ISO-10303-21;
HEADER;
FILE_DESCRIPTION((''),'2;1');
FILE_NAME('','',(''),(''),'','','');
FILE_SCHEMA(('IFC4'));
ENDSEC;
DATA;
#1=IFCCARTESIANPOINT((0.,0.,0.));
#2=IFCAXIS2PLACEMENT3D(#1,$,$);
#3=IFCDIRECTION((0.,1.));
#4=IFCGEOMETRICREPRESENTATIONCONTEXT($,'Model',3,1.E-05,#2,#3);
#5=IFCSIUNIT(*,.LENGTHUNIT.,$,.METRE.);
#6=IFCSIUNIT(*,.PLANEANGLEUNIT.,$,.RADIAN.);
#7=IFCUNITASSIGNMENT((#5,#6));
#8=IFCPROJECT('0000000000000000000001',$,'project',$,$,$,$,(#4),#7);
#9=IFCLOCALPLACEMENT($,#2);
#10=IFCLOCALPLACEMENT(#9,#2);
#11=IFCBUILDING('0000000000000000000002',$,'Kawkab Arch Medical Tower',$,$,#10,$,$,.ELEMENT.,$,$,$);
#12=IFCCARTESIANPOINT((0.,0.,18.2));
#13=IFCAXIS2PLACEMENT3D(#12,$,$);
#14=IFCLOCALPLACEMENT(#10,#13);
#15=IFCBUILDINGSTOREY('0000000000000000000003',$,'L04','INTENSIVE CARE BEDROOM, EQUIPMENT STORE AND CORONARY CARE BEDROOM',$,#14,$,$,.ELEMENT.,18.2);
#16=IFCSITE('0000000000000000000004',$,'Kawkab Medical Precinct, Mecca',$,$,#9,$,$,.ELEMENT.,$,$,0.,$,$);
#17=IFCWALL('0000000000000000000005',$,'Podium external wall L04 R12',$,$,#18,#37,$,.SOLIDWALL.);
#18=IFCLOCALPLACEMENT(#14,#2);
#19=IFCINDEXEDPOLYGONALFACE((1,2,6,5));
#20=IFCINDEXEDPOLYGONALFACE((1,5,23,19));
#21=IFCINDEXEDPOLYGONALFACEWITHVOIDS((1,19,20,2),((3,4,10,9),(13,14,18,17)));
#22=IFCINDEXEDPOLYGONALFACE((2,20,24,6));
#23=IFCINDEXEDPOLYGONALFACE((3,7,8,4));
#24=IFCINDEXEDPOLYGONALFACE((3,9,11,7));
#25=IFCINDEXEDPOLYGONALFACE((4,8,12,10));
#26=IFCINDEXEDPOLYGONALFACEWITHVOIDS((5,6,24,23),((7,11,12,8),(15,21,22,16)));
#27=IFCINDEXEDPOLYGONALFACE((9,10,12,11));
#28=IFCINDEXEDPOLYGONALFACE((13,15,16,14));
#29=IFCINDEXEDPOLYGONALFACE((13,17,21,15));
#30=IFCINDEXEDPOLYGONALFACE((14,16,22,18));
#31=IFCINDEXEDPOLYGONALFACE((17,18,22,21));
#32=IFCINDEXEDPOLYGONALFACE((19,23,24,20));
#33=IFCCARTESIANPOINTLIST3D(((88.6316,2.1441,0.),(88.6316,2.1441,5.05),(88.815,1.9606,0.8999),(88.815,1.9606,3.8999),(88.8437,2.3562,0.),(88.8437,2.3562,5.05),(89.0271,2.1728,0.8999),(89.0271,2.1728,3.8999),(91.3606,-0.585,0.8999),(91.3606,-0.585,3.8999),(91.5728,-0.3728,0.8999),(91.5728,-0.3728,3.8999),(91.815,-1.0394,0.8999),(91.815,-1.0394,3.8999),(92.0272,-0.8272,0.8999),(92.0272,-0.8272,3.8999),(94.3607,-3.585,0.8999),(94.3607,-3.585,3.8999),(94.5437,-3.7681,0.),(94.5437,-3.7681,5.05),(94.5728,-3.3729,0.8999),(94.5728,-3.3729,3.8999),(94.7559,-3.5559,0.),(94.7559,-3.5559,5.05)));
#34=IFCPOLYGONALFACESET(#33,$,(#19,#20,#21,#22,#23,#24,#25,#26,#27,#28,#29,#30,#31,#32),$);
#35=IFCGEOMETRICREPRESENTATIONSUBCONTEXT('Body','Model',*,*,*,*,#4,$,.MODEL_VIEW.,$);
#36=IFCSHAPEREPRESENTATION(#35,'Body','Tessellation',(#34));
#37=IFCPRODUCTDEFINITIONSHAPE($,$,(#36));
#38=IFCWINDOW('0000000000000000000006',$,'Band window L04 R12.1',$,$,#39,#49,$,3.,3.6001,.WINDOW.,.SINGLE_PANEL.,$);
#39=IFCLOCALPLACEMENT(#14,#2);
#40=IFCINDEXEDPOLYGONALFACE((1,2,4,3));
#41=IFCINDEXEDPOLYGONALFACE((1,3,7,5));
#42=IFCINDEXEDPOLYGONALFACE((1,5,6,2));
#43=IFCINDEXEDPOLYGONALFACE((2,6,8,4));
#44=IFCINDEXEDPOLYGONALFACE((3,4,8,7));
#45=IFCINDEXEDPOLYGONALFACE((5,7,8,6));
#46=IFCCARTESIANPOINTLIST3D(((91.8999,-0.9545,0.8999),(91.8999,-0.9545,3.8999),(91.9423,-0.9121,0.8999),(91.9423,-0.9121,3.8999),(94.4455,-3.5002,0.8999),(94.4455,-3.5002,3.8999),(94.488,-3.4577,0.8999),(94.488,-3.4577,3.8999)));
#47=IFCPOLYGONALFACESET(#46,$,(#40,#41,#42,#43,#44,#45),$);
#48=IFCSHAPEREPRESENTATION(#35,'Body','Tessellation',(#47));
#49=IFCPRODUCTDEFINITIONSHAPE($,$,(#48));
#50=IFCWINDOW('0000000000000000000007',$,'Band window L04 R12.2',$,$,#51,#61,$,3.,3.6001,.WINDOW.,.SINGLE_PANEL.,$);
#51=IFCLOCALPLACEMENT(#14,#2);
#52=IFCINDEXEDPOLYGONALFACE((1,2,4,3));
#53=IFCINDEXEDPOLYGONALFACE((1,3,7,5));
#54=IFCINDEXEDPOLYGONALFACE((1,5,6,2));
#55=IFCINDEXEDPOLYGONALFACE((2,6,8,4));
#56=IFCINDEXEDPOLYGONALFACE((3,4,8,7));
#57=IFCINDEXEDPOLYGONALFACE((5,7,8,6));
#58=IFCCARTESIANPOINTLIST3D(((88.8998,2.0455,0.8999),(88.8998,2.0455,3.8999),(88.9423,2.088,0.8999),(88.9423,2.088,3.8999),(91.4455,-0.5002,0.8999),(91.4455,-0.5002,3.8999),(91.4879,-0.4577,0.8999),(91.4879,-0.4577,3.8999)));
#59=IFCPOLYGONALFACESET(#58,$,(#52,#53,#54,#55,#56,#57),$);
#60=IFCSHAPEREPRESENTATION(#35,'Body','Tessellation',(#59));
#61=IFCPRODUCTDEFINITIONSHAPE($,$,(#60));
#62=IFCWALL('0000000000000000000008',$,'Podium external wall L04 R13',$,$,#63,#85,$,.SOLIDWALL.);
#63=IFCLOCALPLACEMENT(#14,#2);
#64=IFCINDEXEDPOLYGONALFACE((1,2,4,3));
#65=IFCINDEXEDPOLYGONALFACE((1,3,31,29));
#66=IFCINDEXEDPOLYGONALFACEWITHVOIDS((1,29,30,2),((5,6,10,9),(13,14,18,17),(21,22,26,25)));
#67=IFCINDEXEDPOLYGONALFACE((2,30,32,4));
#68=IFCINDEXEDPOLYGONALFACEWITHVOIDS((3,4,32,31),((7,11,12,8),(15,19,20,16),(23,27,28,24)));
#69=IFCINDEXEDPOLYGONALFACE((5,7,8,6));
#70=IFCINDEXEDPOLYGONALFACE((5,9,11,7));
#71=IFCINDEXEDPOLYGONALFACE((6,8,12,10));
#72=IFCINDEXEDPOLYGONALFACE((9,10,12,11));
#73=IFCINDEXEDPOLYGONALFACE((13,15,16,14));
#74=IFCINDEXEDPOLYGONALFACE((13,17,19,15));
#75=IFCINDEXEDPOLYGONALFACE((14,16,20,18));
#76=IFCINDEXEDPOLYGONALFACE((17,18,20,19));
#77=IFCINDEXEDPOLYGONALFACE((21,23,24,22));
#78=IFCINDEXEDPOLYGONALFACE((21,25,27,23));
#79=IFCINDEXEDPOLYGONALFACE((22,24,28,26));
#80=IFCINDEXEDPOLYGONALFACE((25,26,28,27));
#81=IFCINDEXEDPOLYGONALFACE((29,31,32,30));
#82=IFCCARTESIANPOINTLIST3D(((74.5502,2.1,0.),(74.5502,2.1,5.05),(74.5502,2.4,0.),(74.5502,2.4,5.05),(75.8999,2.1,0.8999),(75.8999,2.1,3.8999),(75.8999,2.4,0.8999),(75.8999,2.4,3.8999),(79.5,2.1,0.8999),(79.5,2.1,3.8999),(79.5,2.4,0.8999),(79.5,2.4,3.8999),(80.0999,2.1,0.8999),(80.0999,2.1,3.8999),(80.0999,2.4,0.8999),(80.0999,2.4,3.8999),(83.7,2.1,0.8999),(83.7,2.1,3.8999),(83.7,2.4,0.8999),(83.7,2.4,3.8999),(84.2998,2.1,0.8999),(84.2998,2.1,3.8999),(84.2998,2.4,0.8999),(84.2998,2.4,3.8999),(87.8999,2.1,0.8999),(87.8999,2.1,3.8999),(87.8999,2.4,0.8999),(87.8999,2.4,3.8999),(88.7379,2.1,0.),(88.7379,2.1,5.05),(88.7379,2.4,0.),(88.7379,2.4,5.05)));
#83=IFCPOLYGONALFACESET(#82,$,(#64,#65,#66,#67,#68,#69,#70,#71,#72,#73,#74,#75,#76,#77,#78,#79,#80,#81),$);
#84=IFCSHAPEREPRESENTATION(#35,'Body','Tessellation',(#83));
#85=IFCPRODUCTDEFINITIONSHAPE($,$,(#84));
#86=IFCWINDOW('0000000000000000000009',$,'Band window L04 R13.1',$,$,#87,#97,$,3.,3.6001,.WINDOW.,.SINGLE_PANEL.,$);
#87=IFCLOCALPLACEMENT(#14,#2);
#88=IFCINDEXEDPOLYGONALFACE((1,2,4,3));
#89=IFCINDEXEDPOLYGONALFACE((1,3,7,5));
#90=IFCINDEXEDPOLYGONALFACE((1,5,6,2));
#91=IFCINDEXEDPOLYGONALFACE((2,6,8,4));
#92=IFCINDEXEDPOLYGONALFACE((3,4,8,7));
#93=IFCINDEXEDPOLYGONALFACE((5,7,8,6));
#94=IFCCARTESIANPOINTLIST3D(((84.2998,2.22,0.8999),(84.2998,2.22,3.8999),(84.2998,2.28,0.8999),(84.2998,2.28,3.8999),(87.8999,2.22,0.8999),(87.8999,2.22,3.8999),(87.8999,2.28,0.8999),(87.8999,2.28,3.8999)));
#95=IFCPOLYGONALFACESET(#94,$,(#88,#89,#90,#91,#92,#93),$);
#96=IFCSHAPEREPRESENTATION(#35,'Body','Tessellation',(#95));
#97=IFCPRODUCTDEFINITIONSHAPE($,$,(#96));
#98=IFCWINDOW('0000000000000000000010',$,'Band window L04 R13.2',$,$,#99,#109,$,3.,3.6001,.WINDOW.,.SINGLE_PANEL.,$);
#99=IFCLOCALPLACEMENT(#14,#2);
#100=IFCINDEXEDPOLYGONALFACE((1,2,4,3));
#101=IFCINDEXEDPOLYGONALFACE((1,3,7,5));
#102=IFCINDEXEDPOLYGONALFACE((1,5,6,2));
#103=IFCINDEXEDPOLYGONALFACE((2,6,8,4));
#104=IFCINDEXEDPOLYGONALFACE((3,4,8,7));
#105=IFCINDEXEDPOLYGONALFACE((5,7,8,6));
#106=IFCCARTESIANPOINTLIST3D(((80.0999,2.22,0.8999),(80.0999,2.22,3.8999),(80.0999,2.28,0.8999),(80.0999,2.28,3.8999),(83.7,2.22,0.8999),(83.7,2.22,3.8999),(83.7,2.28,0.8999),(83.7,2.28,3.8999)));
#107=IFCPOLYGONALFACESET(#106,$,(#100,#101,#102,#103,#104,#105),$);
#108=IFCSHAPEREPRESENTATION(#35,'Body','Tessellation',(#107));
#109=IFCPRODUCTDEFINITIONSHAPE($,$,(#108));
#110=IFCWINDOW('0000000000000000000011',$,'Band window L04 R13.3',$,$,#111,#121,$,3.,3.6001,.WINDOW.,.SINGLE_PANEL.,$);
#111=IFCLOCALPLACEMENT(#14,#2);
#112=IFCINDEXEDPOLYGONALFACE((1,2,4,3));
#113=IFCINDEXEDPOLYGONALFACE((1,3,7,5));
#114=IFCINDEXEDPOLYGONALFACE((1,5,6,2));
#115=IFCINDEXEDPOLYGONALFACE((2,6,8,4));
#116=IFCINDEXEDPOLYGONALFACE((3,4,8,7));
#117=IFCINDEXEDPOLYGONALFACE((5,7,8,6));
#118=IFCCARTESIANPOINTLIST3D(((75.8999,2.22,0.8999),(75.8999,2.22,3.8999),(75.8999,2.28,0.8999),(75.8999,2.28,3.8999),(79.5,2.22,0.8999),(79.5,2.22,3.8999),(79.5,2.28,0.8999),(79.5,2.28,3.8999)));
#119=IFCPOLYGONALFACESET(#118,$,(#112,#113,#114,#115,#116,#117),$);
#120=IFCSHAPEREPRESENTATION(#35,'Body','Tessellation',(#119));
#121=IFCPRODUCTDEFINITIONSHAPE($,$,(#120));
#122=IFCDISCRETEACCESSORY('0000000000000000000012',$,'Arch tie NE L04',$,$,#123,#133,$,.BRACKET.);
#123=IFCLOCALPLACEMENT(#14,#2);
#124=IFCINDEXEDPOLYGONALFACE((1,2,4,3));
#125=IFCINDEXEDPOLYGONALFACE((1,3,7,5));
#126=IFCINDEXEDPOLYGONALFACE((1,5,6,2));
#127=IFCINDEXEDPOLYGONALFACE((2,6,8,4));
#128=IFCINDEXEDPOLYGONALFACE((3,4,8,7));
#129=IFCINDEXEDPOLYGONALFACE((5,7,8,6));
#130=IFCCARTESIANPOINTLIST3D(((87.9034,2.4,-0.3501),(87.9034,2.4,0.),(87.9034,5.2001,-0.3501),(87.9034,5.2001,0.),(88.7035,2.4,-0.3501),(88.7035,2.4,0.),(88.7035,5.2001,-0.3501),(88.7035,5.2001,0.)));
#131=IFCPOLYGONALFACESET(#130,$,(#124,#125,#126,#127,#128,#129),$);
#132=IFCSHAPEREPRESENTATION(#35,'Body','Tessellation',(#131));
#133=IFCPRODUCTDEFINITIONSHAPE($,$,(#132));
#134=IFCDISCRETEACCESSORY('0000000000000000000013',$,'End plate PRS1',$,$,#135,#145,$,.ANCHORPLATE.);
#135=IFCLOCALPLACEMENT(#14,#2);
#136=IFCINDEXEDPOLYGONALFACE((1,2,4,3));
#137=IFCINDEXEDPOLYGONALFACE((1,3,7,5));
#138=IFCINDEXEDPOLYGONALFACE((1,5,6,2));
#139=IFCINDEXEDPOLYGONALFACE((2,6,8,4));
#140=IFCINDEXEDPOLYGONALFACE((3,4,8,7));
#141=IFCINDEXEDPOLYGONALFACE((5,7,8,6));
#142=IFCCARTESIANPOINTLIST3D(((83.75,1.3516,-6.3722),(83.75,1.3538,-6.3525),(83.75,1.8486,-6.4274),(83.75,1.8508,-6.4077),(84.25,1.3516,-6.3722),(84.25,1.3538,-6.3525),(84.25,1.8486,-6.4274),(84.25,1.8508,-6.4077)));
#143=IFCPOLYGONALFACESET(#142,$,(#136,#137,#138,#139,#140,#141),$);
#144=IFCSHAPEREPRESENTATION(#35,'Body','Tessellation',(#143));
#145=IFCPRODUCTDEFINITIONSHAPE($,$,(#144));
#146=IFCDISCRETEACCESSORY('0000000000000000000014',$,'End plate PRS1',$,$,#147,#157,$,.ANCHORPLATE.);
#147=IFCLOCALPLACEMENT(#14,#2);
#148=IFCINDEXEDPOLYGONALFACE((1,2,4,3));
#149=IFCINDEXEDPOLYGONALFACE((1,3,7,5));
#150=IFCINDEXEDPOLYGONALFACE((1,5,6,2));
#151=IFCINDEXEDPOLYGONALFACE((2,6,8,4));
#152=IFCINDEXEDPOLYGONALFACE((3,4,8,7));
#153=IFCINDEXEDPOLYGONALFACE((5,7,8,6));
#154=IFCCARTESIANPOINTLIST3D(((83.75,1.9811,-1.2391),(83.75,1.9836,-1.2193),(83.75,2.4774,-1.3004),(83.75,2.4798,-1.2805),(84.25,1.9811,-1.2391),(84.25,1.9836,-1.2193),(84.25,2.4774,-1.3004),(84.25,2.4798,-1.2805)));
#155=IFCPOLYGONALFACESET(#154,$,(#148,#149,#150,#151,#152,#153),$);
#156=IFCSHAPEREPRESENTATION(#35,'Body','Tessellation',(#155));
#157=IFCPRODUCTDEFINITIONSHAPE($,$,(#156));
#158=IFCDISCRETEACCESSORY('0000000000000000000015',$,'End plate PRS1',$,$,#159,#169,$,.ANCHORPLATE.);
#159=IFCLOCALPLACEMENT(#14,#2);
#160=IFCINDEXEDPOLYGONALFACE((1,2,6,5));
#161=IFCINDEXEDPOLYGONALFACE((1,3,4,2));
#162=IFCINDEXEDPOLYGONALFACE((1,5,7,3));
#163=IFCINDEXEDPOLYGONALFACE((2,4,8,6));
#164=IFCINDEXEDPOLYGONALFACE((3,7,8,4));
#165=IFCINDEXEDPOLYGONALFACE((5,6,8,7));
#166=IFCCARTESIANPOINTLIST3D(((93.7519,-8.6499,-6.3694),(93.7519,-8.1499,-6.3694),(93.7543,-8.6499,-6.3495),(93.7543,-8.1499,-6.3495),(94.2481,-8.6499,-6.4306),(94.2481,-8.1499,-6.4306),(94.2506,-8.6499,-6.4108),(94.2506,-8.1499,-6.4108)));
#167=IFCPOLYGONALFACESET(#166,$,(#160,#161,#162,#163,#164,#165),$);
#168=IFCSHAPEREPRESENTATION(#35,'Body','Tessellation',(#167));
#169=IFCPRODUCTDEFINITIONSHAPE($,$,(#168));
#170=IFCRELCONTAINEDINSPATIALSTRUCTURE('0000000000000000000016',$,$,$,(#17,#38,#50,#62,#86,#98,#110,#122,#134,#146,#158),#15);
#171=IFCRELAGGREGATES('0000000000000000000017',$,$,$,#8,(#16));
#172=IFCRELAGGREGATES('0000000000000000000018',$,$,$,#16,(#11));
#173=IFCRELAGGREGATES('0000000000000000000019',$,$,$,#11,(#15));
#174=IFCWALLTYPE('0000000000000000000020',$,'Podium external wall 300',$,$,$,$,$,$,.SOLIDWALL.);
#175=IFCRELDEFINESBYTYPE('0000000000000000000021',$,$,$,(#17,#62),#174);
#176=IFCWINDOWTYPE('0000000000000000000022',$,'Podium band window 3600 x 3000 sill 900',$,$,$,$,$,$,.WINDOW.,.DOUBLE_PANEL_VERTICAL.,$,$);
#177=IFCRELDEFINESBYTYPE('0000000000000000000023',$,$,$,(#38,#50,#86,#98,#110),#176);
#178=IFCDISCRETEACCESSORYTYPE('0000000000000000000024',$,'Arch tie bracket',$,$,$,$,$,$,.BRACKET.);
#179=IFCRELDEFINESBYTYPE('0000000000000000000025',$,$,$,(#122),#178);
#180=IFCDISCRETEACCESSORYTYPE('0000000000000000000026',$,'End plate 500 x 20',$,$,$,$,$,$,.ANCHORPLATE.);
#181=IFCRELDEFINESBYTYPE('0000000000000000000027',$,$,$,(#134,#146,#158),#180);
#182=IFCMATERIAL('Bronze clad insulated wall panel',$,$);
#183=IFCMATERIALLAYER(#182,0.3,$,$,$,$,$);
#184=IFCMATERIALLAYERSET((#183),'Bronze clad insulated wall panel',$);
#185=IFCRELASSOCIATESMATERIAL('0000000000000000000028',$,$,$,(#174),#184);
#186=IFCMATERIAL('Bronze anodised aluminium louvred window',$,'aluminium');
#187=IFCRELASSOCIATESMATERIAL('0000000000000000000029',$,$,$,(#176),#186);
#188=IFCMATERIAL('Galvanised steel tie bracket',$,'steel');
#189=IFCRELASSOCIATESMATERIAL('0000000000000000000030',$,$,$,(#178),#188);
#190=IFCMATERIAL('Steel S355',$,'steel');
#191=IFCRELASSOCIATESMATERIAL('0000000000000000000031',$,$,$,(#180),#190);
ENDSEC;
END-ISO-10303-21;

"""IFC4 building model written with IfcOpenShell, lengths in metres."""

from ifc_helpers import new_model, si_unit, direction, frame, frame_2d, origin, origin_2d, place, context, subcontext, project, spatial, rectangle, extrude, material, layer, layer_set, material_profile, profile_set, type_object, element, fill, save


model = new_model("IFC4")

# Units and contexts
model_context = context("Model", 3, precision=1e-05, world=origin(), true_north=direction((0.0, 1.0)))
body_context = subcontext(model_context, "Body", "Model", "MODEL_VIEW")
ifc_project = project(units=[si_unit("LENGTHUNIT", "METRE"), si_unit("PLANEANGLEUNIT", "RADIAN")], contexts=[model_context])

# Site, building, storey
site_placement = place(None, origin())
site = spatial("IfcSite", under=ifc_project, at=site_placement, Name="Kawkab Medical Precinct, Mecca", CompositionType="ELEMENT", RefElevation=0.0)
building_placement = place(site_placement, origin())
building = spatial("IfcBuilding", under=site, at=building_placement, Name="Kawkab Arch Medical Tower", CompositionType="ELEMENT")
storey_placement = place(building_placement, frame((0.0, 0.0, 18.2)))
storey = spatial("IfcBuildingStorey", under=building, at=storey_placement, Name="L04", Description="INTENSIVE CARE BEDROOM, EQUIPMENT STORE AND CORONARY CARE BEDROOM", CompositionType="ELEMENT", Elevation=18.2)

# Walls, openings, windows
ifc_material_1 = material(Name="Bronze clad insulated wall panel")
ifc_layer_1 = layer(ifc_material_1, 0.3)
ifc_layer_set_1 = layer_set([ifc_layer_1], Name="Bronze clad insulated wall panel")
wall_type_1 = type_object("IfcWallType", Name="Podium external wall 300", PredefinedType="SOLIDWALL", material=ifc_layer_set_1)
wall_1_placement = place(storey_placement, frame((94.6499, -3.6621, 0.0), z_axis=(0.0, 0.0, 1.0), x_axis=(-0.707107, 0.707107, 0.0)))
wall_1 = element("IfcWall", 1, at=wall_1_placement, inside=storey, type_object=wall_type_1, Name="Podium external wall L04 R12", PredefinedType="SOLIDWALL", context=body_context, shape_type="SweptSolid", body=[
    extrude(rectangle(XDim=8.3611, YDim=0.3, at=frame_2d((4.1807, 0.0))), origin(), (0.0, 0.0, 1.0), 5.05),
])
opening_1_placement = place(wall_1_placement, frame((0.259, 0.0, 0.8999)))
opening_1 = element("IfcOpeningElement", 2, at=opening_1_placement, cuts=wall_1, PredefinedType="OPENING", context=body_context, shape_type="SweptSolid", body=[
    extrude(rectangle(XDim=3.6001, YDim=3.0, at=frame_2d((1.8, 1.5))), frame((0.0, 0.1599, 0.0), z_axis=(0.0, -1.0, 0.0), x_axis=(1.0, 0.0, 0.0)), (0.0, 0.0, 1.0), 0.3201),
])
opening_2_placement = place(wall_1_placement, frame((4.5017, 0.0, 0.8999)))
opening_2 = element("IfcOpeningElement", 3, at=opening_2_placement, cuts=wall_1, PredefinedType="OPENING", context=body_context, shape_type="SweptSolid", body=[
    extrude(rectangle(XDim=3.6001, YDim=3.0, at=frame_2d((1.8, 1.5))), frame((0.0, 0.1599, 0.0), z_axis=(0.0, -1.0, 0.0), x_axis=(1.0, 0.0, 0.0)), (0.0, 0.0, 1.0), 0.3201),
])
ifc_material_2 = material(Name="Bronze anodised aluminium louvred window", Category="aluminium")
window_type = type_object("IfcWindowType", Name="Podium band window 3600 x 3000 sill 900", PartitioningType="DOUBLE_PANEL_VERTICAL", PredefinedType="WINDOW", material=ifc_material_2)
window_1_placement = place(opening_1_placement, origin())
window_1 = element("IfcWindow", 4, at=window_1_placement, inside=storey, type_object=window_type, Name="Band window L04 R12.1", OverallHeight=3.0, OverallWidth=3.6001, PartitioningType="SINGLE_PANEL", PredefinedType="WINDOW", context=body_context, shape_type="SweptSolid", body=[
    extrude(rectangle(XDim=3.6001, YDim=3.0, at=frame_2d((1.8, 1.5))), frame((0.0, 0.03, 0.0), z_axis=(0.0, -1.0, 0.0), x_axis=(1.0, 0.0, 0.0)), (0.0, 0.0, 1.0), 0.0601),
])
fill(opening_1, window_1)
window_2_placement = place(opening_2_placement, origin())
window_2 = element("IfcWindow", 5, at=window_2_placement, inside=storey, type_object=window_type, Name="Band window L04 R12.2", OverallHeight=3.0, OverallWidth=3.6001, PartitioningType="SINGLE_PANEL", PredefinedType="WINDOW", context=body_context, shape_type="SweptSolid", body=[
    extrude(rectangle(XDim=3.6001, YDim=3.0, at=frame_2d((1.8, 1.5))), frame((0.0, 0.03, 0.0), z_axis=(0.0, -1.0, 0.0), x_axis=(1.0, 0.0, 0.0)), (0.0, 0.0, 1.0), 0.0601),
])
fill(opening_2, window_2)
wall_2_placement = place(storey_placement, frame((88.7378, 2.25, 0.0), z_axis=(0.0, 0.0, 1.0), x_axis=(-1.0, 0.0, 0.0)))
wall_2 = element("IfcWall", 6, at=wall_2_placement, inside=storey, type_object=wall_type_1, Name="Podium external wall L04 R13", PredefinedType="SOLIDWALL", context=body_context, shape_type="SweptSolid", body=[
    extrude(rectangle(XDim=14.1877, YDim=0.3, at=frame_2d((7.0938, 0.0))), origin(), (0.0, 0.0, 1.0), 5.05),
])
opening_3_placement = place(wall_2_placement, frame((0.8379, 0.0, 0.8999)))
opening_3 = element("IfcOpeningElement", 7, at=opening_3_placement, cuts=wall_2, PredefinedType="OPENING", context=body_context, shape_type="SweptSolid", body=[
    extrude(rectangle(XDim=3.6001, YDim=3.0, at=frame_2d((1.8, 1.5))), frame((0.0, 0.1599, 0.0), z_axis=(0.0, -1.0, 0.0), x_axis=(1.0, 0.0, 0.0)), (0.0, 0.0, 1.0), 0.3201),
])
opening_4_placement = place(wall_2_placement, frame((5.0378, 0.0, 0.8999)))
opening_4 = element("IfcOpeningElement", 8, at=opening_4_placement, cuts=wall_2, PredefinedType="OPENING", context=body_context, shape_type="SweptSolid", body=[
    extrude(rectangle(XDim=3.6001, YDim=3.0, at=frame_2d((1.8, 1.5))), frame((0.0, 0.1599, 0.0), z_axis=(0.0, -1.0, 0.0), x_axis=(1.0, 0.0, 0.0)), (0.0, 0.0, 1.0), 0.3201),
])
opening_5_placement = place(wall_2_placement, frame((9.2378, 0.0, 0.8999)))
opening_5 = element("IfcOpeningElement", 9, at=opening_5_placement, cuts=wall_2, PredefinedType="OPENING", context=body_context, shape_type="SweptSolid", body=[
    extrude(rectangle(XDim=3.6001, YDim=3.0, at=frame_2d((1.8, 1.5))), frame((0.0, 0.1599, 0.0), z_axis=(0.0, -1.0, 0.0), x_axis=(1.0, 0.0, 0.0)), (0.0, 0.0, 1.0), 0.3201),
])
window_3_placement = place(opening_3_placement, origin())
window_3 = element("IfcWindow", 10, at=window_3_placement, inside=storey, type_object=window_type, Name="Band window L04 R13.1", OverallHeight=3.0, OverallWidth=3.6001, PartitioningType="SINGLE_PANEL", PredefinedType="WINDOW", context=body_context, shape_type="SweptSolid", body=[
    extrude(rectangle(XDim=3.6001, YDim=3.0, at=frame_2d((1.8, 1.5))), frame((0.0, 0.03, 0.0), z_axis=(0.0, -1.0, 0.0), x_axis=(1.0, 0.0, 0.0)), (0.0, 0.0, 1.0), 0.0601),
])
fill(opening_3, window_3)
window_4_placement = place(opening_4_placement, origin())
window_4 = element("IfcWindow", 11, at=window_4_placement, inside=storey, type_object=window_type, Name="Band window L04 R13.2", OverallHeight=3.0, OverallWidth=3.6001, PartitioningType="SINGLE_PANEL", PredefinedType="WINDOW", context=body_context, shape_type="SweptSolid", body=[
    extrude(rectangle(XDim=3.6001, YDim=3.0, at=frame_2d((1.8, 1.5))), frame((0.0, 0.03, 0.0), z_axis=(0.0, -1.0, 0.0), x_axis=(1.0, 0.0, 0.0)), (0.0, 0.0, 1.0), 0.0601),
])
fill(opening_4, window_4)
window_5_placement = place(opening_5_placement, origin())
window_5 = element("IfcWindow", 12, at=window_5_placement, inside=storey, type_object=window_type, Name="Band window L04 R13.3", OverallHeight=3.0, OverallWidth=3.6001, PartitioningType="SINGLE_PANEL", PredefinedType="WINDOW", context=body_context, shape_type="SweptSolid", body=[
    extrude(rectangle(XDim=3.6001, YDim=3.0, at=frame_2d((1.8, 1.5))), frame((0.0, 0.03, 0.0), z_axis=(0.0, -1.0, 0.0), x_axis=(1.0, 0.0, 0.0)), (0.0, 0.0, 1.0), 0.0601),
])
fill(opening_5, window_5)

# Discrete accessories
ifc_material_3 = material(Name="Galvanised steel tie bracket", Category="steel")
discrete_accessory_type_1 = type_object("IfcDiscreteAccessoryType", Name="Arch tie bracket", PredefinedType="BRACKET", material=ifc_material_3)
discrete_accessory_1_placement = place(storey_placement, frame((88.3035, 3.8, -0.3501), z_axis=(0.0, 0.0, 1.0), x_axis=(1.0, 0.0, 0.0)))
element("IfcDiscreteAccessory", 13, at=discrete_accessory_1_placement, inside=storey, type_object=discrete_accessory_type_1, Name="Arch tie NE L04", PredefinedType="BRACKET", context=body_context, shape_type="SweptSolid", body=[
    extrude(rectangle(XDim=0.8, YDim=2.8, at=origin_2d()), origin(), (0.0, 0.0, 1.0), 0.3501),
])
ifc_material_4 = material(Name="Steel S355", Category="steel")
ifc_material_profile_1 = material_profile(ifc_material_4, rectangle(XDim=0.5, YDim=0.5, at=origin_2d()), Name="End plate 500 x 20")
ifc_profile_set_1 = profile_set([ifc_material_profile_1], Name="Steel S355")
discrete_accessory_type_2 = type_object("IfcDiscreteAccessoryType", Name="End plate 500 x 20", PredefinedType="ANCHORPLATE", material=ifc_profile_set_1)
discrete_accessory_2_placement = place(storey_placement, frame((84.0, 1.6023, -6.3801), z_axis=(0.0, -0.110432, -0.993884), x_axis=(1.0, 0.0, 0.0)))
element("IfcDiscreteAccessory", 14, at=discrete_accessory_2_placement, inside=storey, type_object=discrete_accessory_type_2, Name="End plate PRS1", PredefinedType="ANCHORPLATE", context=body_context, shape_type="SweptSolid", body=[
    extrude(rectangle(XDim=0.5, YDim=0.5, at=origin_2d()), origin(), (0.0, 0.0, 1.0), 0.0198),
])
for number, where, z_axis, x_axis, name in (
    (15, (84.0, 2.2292, -1.2698), (0.0, 0.122527, 0.992465), (-1.0, 0.0, 0.0), "End plate PRS1"),
    (16, (94.0024, -8.3999, -6.3801), (-0.122527, 0.0, -0.992465), (0.0, -1.0, 0.0), "End plate PRS1"),
):
    element("IfcDiscreteAccessory", number, at=place(storey_placement, frame(where, z_axis=z_axis, x_axis=x_axis)), inside=storey, type_object=discrete_accessory_type_2, Name=name, PredefinedType="ANCHORPLATE", context=body_context, shape_type="SweptSolid", body=[
        extrude(rectangle(XDim=0.5, YDim=0.5, at=origin_2d()), origin(), (0.0, 0.0, 1.0), 0.02),
    ])

save(model, "model.ifc")
